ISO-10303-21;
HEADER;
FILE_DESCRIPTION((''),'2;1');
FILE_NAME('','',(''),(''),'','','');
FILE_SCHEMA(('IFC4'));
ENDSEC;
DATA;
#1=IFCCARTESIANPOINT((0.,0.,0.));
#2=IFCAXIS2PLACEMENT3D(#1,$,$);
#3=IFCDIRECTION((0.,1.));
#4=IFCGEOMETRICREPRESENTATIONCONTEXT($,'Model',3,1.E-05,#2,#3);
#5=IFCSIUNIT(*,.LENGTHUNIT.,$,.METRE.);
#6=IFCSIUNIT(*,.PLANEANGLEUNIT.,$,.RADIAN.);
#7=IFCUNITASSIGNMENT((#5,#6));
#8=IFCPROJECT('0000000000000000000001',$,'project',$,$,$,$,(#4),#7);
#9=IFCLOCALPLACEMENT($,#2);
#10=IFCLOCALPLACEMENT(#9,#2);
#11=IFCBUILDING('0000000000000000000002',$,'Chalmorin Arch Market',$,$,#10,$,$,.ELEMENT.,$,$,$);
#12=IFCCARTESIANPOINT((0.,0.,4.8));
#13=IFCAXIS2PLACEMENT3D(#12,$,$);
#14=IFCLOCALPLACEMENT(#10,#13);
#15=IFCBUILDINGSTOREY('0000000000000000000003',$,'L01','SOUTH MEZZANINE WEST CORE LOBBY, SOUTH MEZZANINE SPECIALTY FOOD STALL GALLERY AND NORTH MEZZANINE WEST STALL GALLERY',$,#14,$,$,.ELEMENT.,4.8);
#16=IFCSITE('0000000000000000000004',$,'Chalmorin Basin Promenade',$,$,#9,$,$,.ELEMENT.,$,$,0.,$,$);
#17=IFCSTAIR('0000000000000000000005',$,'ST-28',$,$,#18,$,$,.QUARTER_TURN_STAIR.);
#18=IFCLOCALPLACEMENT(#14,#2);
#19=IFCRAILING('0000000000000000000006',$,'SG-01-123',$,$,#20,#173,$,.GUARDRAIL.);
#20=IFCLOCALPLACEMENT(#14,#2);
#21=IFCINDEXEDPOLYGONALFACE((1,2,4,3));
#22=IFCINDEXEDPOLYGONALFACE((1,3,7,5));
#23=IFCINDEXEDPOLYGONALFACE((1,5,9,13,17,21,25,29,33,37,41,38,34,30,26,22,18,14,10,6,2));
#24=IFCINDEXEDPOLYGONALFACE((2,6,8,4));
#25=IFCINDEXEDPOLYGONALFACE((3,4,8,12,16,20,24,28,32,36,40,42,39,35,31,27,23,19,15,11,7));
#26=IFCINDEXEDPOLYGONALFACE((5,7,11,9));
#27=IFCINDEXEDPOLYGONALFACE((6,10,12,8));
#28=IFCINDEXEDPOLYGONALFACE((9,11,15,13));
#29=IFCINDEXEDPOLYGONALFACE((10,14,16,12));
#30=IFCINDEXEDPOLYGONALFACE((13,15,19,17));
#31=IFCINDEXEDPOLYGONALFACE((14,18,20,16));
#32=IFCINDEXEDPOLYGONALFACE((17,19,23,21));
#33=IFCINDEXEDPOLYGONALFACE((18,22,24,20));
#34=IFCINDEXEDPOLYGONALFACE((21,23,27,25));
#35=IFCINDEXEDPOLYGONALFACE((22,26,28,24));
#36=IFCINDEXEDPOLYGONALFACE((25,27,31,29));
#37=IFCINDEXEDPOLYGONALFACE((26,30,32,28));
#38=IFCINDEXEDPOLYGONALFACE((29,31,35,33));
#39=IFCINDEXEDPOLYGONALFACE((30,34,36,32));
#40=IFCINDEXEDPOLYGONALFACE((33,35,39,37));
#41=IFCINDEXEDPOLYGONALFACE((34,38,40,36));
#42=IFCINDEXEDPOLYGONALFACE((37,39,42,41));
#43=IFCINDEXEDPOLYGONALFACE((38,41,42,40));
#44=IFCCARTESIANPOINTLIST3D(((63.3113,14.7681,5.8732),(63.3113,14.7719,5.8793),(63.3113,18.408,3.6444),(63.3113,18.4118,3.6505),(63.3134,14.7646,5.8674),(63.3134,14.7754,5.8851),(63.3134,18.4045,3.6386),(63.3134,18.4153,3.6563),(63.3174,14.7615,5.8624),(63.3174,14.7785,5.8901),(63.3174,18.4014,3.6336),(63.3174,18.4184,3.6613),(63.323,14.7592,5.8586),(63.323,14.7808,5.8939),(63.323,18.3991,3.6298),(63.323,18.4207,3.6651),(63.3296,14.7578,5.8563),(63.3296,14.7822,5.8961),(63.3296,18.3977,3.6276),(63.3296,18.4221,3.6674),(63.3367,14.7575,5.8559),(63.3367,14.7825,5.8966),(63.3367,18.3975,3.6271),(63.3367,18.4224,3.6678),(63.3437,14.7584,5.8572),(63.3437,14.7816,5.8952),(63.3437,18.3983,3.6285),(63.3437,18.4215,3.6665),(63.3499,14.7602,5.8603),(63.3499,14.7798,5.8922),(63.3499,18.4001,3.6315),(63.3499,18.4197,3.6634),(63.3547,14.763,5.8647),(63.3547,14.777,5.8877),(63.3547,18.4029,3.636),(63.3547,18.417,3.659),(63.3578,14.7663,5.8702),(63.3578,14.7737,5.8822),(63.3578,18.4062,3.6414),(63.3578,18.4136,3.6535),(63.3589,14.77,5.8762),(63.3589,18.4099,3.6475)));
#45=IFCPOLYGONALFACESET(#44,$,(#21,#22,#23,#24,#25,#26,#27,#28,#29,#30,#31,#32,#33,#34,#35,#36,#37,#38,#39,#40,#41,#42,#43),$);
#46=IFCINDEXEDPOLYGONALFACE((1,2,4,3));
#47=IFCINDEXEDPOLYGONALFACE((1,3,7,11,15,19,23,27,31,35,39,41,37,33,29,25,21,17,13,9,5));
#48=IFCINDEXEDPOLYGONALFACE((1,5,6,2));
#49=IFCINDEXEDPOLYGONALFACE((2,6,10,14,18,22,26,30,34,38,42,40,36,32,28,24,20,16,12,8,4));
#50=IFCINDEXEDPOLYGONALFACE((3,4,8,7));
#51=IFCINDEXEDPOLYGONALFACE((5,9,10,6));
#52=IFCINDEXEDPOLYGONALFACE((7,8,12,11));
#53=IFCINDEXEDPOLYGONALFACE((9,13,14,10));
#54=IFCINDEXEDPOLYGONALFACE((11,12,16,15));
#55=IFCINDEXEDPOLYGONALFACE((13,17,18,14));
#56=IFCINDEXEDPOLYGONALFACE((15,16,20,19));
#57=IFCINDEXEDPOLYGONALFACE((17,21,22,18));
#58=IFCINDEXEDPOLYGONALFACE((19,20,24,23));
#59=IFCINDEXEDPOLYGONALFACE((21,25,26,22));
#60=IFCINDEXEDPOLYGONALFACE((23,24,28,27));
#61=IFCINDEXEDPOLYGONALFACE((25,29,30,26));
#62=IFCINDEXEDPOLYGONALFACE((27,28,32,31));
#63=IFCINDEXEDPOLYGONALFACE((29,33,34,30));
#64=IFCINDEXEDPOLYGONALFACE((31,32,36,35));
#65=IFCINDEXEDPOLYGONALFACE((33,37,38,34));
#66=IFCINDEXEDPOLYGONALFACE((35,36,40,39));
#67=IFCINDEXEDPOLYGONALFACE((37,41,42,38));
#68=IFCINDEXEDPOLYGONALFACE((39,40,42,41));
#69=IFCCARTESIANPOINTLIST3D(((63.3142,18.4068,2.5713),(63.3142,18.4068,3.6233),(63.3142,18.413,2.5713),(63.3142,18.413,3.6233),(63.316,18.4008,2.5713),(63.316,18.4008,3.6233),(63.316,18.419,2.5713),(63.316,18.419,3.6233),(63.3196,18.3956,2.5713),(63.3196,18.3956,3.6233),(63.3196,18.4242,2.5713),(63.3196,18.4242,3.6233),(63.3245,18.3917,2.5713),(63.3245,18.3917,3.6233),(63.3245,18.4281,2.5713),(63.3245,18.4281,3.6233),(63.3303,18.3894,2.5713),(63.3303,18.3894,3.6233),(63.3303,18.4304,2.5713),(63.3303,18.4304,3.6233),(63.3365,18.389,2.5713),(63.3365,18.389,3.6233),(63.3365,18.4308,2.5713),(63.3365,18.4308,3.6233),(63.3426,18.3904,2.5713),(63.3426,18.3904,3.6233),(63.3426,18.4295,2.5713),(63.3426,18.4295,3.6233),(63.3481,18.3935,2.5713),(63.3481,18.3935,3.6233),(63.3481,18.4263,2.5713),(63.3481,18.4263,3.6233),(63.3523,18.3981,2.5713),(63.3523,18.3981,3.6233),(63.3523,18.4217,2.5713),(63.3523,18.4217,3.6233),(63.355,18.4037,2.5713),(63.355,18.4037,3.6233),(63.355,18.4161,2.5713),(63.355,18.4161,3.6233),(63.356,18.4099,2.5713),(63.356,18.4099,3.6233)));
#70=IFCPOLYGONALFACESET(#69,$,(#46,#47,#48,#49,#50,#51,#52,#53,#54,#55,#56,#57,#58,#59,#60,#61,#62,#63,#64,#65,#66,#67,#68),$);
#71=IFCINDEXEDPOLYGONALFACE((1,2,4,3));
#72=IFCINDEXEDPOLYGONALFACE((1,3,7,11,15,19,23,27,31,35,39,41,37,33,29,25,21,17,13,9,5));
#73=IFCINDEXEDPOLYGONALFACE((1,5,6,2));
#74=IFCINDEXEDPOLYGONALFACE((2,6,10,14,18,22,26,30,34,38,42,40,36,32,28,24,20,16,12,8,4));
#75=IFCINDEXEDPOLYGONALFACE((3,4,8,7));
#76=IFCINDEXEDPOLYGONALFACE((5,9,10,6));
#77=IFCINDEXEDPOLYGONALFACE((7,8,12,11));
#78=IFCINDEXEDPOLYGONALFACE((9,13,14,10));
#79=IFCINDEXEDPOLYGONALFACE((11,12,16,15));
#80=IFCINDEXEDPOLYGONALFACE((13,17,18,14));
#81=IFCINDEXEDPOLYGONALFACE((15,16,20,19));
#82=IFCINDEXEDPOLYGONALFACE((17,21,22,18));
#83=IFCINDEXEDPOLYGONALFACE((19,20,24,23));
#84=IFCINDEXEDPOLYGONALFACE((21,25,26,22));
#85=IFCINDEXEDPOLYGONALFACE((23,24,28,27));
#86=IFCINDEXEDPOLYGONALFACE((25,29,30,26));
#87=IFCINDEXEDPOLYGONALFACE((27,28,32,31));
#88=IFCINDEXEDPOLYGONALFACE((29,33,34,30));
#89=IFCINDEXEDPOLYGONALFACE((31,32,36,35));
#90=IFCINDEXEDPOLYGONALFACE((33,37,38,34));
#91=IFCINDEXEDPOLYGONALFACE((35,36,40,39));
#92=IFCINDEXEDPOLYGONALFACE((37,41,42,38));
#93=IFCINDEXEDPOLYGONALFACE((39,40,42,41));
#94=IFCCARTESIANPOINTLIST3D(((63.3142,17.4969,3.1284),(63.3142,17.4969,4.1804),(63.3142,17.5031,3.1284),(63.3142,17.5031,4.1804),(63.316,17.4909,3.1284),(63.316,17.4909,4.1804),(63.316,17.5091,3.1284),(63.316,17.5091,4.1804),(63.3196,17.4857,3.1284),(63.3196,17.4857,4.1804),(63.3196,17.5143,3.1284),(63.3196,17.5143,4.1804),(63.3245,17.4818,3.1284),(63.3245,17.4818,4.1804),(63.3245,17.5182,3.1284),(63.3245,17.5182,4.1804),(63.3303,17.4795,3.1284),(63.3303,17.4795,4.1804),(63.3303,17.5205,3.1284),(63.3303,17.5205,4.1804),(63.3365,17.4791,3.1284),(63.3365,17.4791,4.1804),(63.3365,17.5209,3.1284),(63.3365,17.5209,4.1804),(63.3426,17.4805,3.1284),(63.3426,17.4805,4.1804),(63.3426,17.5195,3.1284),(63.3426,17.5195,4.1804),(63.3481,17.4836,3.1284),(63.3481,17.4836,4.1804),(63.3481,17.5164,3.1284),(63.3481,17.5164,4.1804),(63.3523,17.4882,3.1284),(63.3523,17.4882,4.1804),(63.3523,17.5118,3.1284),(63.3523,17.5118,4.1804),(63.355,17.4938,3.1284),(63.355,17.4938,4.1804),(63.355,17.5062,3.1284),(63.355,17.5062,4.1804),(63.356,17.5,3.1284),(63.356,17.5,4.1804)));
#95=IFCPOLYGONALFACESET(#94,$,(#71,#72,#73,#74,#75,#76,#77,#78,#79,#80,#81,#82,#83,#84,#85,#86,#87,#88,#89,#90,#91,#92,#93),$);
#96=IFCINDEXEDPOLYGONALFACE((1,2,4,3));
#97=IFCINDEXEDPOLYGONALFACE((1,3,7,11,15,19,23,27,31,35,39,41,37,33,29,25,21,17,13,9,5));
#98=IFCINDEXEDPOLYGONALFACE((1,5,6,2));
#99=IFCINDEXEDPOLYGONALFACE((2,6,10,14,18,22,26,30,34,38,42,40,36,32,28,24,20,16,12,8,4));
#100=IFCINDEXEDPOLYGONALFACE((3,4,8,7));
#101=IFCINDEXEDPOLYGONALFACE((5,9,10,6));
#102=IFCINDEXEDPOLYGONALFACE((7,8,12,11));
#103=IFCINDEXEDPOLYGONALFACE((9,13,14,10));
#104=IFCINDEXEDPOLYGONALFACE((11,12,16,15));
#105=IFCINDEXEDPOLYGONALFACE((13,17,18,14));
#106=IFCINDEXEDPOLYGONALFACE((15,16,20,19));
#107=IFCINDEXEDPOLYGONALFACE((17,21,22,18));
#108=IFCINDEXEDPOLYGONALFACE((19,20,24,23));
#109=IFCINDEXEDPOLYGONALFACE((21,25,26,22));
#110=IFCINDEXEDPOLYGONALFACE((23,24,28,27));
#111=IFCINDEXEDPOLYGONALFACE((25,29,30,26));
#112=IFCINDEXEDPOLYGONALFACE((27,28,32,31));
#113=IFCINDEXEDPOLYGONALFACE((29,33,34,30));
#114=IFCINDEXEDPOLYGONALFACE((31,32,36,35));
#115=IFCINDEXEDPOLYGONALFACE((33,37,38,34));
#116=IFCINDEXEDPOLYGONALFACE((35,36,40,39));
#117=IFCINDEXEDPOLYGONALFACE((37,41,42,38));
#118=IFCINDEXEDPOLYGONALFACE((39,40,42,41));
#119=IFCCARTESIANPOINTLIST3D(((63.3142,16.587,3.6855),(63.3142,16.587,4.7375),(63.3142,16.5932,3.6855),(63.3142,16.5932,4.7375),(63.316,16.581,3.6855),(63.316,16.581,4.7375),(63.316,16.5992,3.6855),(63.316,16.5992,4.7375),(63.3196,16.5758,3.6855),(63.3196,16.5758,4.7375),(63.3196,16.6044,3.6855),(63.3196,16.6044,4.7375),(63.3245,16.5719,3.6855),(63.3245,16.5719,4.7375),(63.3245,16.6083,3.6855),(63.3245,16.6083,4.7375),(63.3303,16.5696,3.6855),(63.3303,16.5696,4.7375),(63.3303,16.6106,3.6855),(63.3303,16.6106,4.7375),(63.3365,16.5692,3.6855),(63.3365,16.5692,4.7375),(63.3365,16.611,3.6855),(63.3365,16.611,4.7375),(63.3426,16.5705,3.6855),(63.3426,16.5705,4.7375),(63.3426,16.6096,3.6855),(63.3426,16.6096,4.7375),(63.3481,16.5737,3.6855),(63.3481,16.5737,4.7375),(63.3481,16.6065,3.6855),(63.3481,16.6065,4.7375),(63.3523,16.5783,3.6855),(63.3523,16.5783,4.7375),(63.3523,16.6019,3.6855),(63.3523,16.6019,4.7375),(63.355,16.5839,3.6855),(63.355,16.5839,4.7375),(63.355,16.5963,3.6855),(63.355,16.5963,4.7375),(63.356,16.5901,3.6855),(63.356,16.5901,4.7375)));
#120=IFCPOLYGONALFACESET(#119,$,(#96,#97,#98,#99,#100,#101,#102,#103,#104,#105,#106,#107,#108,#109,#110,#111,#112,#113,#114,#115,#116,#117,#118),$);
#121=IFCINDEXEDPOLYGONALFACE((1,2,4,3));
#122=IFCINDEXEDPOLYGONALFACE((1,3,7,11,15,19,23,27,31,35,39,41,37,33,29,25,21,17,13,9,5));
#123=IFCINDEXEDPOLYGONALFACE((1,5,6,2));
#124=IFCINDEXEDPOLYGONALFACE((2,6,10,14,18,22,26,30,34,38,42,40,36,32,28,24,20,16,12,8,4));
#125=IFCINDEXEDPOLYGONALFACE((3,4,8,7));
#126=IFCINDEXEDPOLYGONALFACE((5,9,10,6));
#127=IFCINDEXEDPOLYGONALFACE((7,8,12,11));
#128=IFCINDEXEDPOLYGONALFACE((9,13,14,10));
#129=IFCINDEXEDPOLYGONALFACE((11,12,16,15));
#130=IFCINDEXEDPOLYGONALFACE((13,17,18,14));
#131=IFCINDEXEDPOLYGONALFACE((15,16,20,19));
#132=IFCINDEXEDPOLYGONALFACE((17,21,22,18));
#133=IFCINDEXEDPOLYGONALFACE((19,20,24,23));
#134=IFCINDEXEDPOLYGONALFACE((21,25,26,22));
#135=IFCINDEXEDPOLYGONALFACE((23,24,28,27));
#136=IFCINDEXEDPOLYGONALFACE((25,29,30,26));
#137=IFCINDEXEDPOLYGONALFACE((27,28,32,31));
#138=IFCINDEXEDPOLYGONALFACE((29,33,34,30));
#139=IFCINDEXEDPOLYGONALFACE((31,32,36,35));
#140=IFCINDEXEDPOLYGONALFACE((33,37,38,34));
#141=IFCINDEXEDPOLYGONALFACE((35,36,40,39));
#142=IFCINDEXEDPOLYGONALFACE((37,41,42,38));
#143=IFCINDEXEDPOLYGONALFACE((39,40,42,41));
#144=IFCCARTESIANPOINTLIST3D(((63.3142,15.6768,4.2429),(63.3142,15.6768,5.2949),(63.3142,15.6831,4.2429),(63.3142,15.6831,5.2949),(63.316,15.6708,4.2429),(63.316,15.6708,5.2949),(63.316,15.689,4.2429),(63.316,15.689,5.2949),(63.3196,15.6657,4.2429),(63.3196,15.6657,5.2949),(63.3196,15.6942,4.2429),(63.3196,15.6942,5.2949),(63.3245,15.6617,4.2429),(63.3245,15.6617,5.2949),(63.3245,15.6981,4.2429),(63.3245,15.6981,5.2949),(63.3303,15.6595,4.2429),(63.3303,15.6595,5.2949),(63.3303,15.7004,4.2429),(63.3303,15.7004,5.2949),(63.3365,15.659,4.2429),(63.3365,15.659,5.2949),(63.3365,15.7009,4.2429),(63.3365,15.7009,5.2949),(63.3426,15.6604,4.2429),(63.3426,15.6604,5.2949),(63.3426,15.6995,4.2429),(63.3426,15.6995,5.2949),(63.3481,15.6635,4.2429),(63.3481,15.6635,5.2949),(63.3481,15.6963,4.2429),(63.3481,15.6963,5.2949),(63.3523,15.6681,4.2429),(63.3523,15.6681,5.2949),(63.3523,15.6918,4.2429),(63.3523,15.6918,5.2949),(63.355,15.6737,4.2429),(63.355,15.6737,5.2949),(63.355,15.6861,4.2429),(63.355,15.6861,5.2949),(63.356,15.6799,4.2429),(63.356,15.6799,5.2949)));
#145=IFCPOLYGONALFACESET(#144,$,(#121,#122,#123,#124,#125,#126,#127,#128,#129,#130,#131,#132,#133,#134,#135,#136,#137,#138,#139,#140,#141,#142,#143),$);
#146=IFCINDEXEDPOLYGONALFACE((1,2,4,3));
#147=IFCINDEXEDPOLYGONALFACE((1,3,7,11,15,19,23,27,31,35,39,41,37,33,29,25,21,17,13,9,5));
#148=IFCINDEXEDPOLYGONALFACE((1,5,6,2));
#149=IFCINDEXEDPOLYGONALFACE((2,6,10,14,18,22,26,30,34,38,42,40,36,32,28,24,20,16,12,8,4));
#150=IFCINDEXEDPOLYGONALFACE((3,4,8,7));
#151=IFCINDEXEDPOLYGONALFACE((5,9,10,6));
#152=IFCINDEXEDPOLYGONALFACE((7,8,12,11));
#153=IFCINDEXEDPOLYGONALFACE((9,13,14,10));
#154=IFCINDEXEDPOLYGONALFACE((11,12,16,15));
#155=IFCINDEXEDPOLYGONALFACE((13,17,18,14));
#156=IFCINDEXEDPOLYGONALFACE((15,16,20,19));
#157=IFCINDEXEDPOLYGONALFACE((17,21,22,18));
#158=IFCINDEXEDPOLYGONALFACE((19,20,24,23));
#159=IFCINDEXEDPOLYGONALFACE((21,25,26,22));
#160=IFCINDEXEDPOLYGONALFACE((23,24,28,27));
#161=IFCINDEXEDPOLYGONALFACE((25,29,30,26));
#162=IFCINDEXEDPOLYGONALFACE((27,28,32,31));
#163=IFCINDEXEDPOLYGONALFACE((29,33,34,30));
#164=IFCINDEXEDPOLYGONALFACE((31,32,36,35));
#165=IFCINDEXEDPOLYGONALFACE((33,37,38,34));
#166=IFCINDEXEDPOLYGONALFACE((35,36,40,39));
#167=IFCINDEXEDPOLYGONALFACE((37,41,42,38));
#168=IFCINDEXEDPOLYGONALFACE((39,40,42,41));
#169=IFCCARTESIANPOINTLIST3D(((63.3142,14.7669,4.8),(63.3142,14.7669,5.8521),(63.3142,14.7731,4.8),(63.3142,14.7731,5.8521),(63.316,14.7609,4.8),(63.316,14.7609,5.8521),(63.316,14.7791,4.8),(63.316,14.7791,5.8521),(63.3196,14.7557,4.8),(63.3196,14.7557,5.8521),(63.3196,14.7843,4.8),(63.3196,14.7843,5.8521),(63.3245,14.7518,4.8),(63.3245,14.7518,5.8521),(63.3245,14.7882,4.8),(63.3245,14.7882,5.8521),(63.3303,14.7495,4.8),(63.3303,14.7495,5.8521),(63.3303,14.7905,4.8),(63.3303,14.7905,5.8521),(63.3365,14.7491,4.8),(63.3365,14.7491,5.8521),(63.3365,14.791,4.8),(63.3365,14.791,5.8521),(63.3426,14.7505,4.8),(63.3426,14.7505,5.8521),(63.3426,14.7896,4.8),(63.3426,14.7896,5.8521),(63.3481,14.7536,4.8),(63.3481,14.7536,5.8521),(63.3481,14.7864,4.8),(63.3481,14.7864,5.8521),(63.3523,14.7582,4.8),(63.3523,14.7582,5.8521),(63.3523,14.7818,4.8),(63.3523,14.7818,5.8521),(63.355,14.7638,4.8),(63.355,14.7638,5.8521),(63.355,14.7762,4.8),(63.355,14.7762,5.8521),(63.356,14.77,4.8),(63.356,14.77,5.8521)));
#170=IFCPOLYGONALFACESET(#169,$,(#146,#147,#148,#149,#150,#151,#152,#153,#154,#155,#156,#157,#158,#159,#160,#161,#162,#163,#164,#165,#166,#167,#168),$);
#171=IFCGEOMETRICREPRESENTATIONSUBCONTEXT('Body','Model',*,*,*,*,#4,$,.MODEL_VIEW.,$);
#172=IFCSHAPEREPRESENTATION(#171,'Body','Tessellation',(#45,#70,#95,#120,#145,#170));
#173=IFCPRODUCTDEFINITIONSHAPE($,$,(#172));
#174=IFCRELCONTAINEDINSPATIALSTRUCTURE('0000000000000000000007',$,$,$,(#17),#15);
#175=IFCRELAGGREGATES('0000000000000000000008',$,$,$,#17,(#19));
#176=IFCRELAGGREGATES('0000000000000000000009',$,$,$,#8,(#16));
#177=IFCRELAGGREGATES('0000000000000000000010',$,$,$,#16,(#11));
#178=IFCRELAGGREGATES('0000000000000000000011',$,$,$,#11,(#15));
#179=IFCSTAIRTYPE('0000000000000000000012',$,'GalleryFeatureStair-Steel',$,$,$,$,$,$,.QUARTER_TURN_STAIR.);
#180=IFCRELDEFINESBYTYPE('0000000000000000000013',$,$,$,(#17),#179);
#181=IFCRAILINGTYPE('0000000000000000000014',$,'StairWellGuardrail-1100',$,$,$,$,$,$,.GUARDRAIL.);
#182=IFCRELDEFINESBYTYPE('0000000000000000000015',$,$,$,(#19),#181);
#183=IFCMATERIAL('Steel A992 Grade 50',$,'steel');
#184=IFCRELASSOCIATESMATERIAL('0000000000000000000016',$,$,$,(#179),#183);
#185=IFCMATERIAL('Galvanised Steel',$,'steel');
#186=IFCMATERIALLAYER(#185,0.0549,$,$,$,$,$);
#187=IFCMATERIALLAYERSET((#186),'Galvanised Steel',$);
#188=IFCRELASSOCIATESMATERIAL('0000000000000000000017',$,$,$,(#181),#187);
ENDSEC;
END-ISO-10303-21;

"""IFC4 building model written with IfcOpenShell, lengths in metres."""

from ifc_helpers import new_model, si_unit, direction, frame, origin, origin_2d, place, context, subcontext, project, spatial, circle, extrude, material, layer, layer_set, type_object, element, aggregate, save


model = new_model("IFC4")

# Units and contexts
model_context = context("Model", 3, precision=1e-05, world=origin(), true_north=direction((0.0, 1.0)))
body_context = subcontext(model_context, "Body", "Model", "MODEL_VIEW")
ifc_project = project(units=[si_unit("LENGTHUNIT", "METRE"), si_unit("PLANEANGLEUNIT", "RADIAN")], contexts=[model_context])

# Site, building, storey
site_placement = place(None, origin())
site = spatial("IfcSite", under=ifc_project, at=site_placement, Name="Chalmorin Basin Promenade", CompositionType="ELEMENT", RefElevation=0.0)
building_placement = place(site_placement, origin())
building = spatial("IfcBuilding", under=site, at=building_placement, Name="Chalmorin Arch Market", CompositionType="ELEMENT")
storey_placement = place(building_placement, frame((0.0, 0.0, 4.8)))
storey = spatial("IfcBuildingStorey", under=building, at=storey_placement, Name="L01", Description="SOUTH MEZZANINE WEST CORE LOBBY, SOUTH MEZZANINE SPECIALTY FOOD STALL GALLERY AND NORTH MEZZANINE WEST STALL GALLERY", CompositionType="ELEMENT", Elevation=4.8)

# Shared definitions
ifc_material_1 = material(Name="Steel A992 Grade 50", Category="steel")

# Stair
stair_type = type_object("IfcStairType", Name="GalleryFeatureStair-Steel", PredefinedType="QUARTER_TURN_STAIR", material=ifc_material_1)
stair_placement = place(storey_placement, origin())
stair = element("IfcStair", 1, at=stair_placement, inside=storey, type_object=stair_type, Name="ST-28", PredefinedType="QUARTER_TURN_STAIR")

# Railing
ifc_material_2 = material(Name="Galvanised Steel", Category="steel")
ifc_layer_1 = layer(ifc_material_2, 0.0549)
ifc_layer_set_1 = layer_set([ifc_layer_1], Name="Galvanised Steel")
railing_type = type_object("IfcRailingType", Name="StairWellGuardrail-1100", PredefinedType="GUARDRAIL", material=ifc_layer_set_1)
railing_1_placement = place(storey_placement, frame((63.335, 18.4099, 2.5713)))
railing_1 = element("IfcRailing", 2, at=railing_1_placement, type_object=railing_type, Name="SG-01-123", PredefinedType="GUARDRAIL", context=body_context, shape_type="SweptSolid", body=[
    extrude(circle(Radius=0.0239, at=origin_2d()), frame((0.0, 0.0, 1.0762), z_axis=(0.0, -0.852825, 0.522197), x_axis=(1.0, 0.0, 0.0)), (0.0, 0.0, 1.0), 4.2681),
    extrude(circle(Radius=0.021, at=origin_2d()), origin(), (0.0, 0.0, 1.0), 1.052),
    extrude(circle(Radius=0.021, at=origin_2d()), frame((0.0, -0.9099, 0.5571)), (0.0, 0.0, 1.0), 1.052),
    extrude(circle(Radius=0.021, at=origin_2d()), frame((0.0, -1.8198, 1.1143)), (0.0, 0.0, 1.0), 1.052),
    extrude(circle(Radius=0.021, at=origin_2d()), frame((0.0, -2.73, 1.6716)), (0.0, 0.0, 1.0), 1.052),
    extrude(circle(Radius=0.021, at=origin_2d()), frame((0.0, -3.6399, 2.2288)), (0.0, 0.0, 1.0), 1.052),
])
aggregate(stair, [railing_1])

save(model, "model.ifc")
